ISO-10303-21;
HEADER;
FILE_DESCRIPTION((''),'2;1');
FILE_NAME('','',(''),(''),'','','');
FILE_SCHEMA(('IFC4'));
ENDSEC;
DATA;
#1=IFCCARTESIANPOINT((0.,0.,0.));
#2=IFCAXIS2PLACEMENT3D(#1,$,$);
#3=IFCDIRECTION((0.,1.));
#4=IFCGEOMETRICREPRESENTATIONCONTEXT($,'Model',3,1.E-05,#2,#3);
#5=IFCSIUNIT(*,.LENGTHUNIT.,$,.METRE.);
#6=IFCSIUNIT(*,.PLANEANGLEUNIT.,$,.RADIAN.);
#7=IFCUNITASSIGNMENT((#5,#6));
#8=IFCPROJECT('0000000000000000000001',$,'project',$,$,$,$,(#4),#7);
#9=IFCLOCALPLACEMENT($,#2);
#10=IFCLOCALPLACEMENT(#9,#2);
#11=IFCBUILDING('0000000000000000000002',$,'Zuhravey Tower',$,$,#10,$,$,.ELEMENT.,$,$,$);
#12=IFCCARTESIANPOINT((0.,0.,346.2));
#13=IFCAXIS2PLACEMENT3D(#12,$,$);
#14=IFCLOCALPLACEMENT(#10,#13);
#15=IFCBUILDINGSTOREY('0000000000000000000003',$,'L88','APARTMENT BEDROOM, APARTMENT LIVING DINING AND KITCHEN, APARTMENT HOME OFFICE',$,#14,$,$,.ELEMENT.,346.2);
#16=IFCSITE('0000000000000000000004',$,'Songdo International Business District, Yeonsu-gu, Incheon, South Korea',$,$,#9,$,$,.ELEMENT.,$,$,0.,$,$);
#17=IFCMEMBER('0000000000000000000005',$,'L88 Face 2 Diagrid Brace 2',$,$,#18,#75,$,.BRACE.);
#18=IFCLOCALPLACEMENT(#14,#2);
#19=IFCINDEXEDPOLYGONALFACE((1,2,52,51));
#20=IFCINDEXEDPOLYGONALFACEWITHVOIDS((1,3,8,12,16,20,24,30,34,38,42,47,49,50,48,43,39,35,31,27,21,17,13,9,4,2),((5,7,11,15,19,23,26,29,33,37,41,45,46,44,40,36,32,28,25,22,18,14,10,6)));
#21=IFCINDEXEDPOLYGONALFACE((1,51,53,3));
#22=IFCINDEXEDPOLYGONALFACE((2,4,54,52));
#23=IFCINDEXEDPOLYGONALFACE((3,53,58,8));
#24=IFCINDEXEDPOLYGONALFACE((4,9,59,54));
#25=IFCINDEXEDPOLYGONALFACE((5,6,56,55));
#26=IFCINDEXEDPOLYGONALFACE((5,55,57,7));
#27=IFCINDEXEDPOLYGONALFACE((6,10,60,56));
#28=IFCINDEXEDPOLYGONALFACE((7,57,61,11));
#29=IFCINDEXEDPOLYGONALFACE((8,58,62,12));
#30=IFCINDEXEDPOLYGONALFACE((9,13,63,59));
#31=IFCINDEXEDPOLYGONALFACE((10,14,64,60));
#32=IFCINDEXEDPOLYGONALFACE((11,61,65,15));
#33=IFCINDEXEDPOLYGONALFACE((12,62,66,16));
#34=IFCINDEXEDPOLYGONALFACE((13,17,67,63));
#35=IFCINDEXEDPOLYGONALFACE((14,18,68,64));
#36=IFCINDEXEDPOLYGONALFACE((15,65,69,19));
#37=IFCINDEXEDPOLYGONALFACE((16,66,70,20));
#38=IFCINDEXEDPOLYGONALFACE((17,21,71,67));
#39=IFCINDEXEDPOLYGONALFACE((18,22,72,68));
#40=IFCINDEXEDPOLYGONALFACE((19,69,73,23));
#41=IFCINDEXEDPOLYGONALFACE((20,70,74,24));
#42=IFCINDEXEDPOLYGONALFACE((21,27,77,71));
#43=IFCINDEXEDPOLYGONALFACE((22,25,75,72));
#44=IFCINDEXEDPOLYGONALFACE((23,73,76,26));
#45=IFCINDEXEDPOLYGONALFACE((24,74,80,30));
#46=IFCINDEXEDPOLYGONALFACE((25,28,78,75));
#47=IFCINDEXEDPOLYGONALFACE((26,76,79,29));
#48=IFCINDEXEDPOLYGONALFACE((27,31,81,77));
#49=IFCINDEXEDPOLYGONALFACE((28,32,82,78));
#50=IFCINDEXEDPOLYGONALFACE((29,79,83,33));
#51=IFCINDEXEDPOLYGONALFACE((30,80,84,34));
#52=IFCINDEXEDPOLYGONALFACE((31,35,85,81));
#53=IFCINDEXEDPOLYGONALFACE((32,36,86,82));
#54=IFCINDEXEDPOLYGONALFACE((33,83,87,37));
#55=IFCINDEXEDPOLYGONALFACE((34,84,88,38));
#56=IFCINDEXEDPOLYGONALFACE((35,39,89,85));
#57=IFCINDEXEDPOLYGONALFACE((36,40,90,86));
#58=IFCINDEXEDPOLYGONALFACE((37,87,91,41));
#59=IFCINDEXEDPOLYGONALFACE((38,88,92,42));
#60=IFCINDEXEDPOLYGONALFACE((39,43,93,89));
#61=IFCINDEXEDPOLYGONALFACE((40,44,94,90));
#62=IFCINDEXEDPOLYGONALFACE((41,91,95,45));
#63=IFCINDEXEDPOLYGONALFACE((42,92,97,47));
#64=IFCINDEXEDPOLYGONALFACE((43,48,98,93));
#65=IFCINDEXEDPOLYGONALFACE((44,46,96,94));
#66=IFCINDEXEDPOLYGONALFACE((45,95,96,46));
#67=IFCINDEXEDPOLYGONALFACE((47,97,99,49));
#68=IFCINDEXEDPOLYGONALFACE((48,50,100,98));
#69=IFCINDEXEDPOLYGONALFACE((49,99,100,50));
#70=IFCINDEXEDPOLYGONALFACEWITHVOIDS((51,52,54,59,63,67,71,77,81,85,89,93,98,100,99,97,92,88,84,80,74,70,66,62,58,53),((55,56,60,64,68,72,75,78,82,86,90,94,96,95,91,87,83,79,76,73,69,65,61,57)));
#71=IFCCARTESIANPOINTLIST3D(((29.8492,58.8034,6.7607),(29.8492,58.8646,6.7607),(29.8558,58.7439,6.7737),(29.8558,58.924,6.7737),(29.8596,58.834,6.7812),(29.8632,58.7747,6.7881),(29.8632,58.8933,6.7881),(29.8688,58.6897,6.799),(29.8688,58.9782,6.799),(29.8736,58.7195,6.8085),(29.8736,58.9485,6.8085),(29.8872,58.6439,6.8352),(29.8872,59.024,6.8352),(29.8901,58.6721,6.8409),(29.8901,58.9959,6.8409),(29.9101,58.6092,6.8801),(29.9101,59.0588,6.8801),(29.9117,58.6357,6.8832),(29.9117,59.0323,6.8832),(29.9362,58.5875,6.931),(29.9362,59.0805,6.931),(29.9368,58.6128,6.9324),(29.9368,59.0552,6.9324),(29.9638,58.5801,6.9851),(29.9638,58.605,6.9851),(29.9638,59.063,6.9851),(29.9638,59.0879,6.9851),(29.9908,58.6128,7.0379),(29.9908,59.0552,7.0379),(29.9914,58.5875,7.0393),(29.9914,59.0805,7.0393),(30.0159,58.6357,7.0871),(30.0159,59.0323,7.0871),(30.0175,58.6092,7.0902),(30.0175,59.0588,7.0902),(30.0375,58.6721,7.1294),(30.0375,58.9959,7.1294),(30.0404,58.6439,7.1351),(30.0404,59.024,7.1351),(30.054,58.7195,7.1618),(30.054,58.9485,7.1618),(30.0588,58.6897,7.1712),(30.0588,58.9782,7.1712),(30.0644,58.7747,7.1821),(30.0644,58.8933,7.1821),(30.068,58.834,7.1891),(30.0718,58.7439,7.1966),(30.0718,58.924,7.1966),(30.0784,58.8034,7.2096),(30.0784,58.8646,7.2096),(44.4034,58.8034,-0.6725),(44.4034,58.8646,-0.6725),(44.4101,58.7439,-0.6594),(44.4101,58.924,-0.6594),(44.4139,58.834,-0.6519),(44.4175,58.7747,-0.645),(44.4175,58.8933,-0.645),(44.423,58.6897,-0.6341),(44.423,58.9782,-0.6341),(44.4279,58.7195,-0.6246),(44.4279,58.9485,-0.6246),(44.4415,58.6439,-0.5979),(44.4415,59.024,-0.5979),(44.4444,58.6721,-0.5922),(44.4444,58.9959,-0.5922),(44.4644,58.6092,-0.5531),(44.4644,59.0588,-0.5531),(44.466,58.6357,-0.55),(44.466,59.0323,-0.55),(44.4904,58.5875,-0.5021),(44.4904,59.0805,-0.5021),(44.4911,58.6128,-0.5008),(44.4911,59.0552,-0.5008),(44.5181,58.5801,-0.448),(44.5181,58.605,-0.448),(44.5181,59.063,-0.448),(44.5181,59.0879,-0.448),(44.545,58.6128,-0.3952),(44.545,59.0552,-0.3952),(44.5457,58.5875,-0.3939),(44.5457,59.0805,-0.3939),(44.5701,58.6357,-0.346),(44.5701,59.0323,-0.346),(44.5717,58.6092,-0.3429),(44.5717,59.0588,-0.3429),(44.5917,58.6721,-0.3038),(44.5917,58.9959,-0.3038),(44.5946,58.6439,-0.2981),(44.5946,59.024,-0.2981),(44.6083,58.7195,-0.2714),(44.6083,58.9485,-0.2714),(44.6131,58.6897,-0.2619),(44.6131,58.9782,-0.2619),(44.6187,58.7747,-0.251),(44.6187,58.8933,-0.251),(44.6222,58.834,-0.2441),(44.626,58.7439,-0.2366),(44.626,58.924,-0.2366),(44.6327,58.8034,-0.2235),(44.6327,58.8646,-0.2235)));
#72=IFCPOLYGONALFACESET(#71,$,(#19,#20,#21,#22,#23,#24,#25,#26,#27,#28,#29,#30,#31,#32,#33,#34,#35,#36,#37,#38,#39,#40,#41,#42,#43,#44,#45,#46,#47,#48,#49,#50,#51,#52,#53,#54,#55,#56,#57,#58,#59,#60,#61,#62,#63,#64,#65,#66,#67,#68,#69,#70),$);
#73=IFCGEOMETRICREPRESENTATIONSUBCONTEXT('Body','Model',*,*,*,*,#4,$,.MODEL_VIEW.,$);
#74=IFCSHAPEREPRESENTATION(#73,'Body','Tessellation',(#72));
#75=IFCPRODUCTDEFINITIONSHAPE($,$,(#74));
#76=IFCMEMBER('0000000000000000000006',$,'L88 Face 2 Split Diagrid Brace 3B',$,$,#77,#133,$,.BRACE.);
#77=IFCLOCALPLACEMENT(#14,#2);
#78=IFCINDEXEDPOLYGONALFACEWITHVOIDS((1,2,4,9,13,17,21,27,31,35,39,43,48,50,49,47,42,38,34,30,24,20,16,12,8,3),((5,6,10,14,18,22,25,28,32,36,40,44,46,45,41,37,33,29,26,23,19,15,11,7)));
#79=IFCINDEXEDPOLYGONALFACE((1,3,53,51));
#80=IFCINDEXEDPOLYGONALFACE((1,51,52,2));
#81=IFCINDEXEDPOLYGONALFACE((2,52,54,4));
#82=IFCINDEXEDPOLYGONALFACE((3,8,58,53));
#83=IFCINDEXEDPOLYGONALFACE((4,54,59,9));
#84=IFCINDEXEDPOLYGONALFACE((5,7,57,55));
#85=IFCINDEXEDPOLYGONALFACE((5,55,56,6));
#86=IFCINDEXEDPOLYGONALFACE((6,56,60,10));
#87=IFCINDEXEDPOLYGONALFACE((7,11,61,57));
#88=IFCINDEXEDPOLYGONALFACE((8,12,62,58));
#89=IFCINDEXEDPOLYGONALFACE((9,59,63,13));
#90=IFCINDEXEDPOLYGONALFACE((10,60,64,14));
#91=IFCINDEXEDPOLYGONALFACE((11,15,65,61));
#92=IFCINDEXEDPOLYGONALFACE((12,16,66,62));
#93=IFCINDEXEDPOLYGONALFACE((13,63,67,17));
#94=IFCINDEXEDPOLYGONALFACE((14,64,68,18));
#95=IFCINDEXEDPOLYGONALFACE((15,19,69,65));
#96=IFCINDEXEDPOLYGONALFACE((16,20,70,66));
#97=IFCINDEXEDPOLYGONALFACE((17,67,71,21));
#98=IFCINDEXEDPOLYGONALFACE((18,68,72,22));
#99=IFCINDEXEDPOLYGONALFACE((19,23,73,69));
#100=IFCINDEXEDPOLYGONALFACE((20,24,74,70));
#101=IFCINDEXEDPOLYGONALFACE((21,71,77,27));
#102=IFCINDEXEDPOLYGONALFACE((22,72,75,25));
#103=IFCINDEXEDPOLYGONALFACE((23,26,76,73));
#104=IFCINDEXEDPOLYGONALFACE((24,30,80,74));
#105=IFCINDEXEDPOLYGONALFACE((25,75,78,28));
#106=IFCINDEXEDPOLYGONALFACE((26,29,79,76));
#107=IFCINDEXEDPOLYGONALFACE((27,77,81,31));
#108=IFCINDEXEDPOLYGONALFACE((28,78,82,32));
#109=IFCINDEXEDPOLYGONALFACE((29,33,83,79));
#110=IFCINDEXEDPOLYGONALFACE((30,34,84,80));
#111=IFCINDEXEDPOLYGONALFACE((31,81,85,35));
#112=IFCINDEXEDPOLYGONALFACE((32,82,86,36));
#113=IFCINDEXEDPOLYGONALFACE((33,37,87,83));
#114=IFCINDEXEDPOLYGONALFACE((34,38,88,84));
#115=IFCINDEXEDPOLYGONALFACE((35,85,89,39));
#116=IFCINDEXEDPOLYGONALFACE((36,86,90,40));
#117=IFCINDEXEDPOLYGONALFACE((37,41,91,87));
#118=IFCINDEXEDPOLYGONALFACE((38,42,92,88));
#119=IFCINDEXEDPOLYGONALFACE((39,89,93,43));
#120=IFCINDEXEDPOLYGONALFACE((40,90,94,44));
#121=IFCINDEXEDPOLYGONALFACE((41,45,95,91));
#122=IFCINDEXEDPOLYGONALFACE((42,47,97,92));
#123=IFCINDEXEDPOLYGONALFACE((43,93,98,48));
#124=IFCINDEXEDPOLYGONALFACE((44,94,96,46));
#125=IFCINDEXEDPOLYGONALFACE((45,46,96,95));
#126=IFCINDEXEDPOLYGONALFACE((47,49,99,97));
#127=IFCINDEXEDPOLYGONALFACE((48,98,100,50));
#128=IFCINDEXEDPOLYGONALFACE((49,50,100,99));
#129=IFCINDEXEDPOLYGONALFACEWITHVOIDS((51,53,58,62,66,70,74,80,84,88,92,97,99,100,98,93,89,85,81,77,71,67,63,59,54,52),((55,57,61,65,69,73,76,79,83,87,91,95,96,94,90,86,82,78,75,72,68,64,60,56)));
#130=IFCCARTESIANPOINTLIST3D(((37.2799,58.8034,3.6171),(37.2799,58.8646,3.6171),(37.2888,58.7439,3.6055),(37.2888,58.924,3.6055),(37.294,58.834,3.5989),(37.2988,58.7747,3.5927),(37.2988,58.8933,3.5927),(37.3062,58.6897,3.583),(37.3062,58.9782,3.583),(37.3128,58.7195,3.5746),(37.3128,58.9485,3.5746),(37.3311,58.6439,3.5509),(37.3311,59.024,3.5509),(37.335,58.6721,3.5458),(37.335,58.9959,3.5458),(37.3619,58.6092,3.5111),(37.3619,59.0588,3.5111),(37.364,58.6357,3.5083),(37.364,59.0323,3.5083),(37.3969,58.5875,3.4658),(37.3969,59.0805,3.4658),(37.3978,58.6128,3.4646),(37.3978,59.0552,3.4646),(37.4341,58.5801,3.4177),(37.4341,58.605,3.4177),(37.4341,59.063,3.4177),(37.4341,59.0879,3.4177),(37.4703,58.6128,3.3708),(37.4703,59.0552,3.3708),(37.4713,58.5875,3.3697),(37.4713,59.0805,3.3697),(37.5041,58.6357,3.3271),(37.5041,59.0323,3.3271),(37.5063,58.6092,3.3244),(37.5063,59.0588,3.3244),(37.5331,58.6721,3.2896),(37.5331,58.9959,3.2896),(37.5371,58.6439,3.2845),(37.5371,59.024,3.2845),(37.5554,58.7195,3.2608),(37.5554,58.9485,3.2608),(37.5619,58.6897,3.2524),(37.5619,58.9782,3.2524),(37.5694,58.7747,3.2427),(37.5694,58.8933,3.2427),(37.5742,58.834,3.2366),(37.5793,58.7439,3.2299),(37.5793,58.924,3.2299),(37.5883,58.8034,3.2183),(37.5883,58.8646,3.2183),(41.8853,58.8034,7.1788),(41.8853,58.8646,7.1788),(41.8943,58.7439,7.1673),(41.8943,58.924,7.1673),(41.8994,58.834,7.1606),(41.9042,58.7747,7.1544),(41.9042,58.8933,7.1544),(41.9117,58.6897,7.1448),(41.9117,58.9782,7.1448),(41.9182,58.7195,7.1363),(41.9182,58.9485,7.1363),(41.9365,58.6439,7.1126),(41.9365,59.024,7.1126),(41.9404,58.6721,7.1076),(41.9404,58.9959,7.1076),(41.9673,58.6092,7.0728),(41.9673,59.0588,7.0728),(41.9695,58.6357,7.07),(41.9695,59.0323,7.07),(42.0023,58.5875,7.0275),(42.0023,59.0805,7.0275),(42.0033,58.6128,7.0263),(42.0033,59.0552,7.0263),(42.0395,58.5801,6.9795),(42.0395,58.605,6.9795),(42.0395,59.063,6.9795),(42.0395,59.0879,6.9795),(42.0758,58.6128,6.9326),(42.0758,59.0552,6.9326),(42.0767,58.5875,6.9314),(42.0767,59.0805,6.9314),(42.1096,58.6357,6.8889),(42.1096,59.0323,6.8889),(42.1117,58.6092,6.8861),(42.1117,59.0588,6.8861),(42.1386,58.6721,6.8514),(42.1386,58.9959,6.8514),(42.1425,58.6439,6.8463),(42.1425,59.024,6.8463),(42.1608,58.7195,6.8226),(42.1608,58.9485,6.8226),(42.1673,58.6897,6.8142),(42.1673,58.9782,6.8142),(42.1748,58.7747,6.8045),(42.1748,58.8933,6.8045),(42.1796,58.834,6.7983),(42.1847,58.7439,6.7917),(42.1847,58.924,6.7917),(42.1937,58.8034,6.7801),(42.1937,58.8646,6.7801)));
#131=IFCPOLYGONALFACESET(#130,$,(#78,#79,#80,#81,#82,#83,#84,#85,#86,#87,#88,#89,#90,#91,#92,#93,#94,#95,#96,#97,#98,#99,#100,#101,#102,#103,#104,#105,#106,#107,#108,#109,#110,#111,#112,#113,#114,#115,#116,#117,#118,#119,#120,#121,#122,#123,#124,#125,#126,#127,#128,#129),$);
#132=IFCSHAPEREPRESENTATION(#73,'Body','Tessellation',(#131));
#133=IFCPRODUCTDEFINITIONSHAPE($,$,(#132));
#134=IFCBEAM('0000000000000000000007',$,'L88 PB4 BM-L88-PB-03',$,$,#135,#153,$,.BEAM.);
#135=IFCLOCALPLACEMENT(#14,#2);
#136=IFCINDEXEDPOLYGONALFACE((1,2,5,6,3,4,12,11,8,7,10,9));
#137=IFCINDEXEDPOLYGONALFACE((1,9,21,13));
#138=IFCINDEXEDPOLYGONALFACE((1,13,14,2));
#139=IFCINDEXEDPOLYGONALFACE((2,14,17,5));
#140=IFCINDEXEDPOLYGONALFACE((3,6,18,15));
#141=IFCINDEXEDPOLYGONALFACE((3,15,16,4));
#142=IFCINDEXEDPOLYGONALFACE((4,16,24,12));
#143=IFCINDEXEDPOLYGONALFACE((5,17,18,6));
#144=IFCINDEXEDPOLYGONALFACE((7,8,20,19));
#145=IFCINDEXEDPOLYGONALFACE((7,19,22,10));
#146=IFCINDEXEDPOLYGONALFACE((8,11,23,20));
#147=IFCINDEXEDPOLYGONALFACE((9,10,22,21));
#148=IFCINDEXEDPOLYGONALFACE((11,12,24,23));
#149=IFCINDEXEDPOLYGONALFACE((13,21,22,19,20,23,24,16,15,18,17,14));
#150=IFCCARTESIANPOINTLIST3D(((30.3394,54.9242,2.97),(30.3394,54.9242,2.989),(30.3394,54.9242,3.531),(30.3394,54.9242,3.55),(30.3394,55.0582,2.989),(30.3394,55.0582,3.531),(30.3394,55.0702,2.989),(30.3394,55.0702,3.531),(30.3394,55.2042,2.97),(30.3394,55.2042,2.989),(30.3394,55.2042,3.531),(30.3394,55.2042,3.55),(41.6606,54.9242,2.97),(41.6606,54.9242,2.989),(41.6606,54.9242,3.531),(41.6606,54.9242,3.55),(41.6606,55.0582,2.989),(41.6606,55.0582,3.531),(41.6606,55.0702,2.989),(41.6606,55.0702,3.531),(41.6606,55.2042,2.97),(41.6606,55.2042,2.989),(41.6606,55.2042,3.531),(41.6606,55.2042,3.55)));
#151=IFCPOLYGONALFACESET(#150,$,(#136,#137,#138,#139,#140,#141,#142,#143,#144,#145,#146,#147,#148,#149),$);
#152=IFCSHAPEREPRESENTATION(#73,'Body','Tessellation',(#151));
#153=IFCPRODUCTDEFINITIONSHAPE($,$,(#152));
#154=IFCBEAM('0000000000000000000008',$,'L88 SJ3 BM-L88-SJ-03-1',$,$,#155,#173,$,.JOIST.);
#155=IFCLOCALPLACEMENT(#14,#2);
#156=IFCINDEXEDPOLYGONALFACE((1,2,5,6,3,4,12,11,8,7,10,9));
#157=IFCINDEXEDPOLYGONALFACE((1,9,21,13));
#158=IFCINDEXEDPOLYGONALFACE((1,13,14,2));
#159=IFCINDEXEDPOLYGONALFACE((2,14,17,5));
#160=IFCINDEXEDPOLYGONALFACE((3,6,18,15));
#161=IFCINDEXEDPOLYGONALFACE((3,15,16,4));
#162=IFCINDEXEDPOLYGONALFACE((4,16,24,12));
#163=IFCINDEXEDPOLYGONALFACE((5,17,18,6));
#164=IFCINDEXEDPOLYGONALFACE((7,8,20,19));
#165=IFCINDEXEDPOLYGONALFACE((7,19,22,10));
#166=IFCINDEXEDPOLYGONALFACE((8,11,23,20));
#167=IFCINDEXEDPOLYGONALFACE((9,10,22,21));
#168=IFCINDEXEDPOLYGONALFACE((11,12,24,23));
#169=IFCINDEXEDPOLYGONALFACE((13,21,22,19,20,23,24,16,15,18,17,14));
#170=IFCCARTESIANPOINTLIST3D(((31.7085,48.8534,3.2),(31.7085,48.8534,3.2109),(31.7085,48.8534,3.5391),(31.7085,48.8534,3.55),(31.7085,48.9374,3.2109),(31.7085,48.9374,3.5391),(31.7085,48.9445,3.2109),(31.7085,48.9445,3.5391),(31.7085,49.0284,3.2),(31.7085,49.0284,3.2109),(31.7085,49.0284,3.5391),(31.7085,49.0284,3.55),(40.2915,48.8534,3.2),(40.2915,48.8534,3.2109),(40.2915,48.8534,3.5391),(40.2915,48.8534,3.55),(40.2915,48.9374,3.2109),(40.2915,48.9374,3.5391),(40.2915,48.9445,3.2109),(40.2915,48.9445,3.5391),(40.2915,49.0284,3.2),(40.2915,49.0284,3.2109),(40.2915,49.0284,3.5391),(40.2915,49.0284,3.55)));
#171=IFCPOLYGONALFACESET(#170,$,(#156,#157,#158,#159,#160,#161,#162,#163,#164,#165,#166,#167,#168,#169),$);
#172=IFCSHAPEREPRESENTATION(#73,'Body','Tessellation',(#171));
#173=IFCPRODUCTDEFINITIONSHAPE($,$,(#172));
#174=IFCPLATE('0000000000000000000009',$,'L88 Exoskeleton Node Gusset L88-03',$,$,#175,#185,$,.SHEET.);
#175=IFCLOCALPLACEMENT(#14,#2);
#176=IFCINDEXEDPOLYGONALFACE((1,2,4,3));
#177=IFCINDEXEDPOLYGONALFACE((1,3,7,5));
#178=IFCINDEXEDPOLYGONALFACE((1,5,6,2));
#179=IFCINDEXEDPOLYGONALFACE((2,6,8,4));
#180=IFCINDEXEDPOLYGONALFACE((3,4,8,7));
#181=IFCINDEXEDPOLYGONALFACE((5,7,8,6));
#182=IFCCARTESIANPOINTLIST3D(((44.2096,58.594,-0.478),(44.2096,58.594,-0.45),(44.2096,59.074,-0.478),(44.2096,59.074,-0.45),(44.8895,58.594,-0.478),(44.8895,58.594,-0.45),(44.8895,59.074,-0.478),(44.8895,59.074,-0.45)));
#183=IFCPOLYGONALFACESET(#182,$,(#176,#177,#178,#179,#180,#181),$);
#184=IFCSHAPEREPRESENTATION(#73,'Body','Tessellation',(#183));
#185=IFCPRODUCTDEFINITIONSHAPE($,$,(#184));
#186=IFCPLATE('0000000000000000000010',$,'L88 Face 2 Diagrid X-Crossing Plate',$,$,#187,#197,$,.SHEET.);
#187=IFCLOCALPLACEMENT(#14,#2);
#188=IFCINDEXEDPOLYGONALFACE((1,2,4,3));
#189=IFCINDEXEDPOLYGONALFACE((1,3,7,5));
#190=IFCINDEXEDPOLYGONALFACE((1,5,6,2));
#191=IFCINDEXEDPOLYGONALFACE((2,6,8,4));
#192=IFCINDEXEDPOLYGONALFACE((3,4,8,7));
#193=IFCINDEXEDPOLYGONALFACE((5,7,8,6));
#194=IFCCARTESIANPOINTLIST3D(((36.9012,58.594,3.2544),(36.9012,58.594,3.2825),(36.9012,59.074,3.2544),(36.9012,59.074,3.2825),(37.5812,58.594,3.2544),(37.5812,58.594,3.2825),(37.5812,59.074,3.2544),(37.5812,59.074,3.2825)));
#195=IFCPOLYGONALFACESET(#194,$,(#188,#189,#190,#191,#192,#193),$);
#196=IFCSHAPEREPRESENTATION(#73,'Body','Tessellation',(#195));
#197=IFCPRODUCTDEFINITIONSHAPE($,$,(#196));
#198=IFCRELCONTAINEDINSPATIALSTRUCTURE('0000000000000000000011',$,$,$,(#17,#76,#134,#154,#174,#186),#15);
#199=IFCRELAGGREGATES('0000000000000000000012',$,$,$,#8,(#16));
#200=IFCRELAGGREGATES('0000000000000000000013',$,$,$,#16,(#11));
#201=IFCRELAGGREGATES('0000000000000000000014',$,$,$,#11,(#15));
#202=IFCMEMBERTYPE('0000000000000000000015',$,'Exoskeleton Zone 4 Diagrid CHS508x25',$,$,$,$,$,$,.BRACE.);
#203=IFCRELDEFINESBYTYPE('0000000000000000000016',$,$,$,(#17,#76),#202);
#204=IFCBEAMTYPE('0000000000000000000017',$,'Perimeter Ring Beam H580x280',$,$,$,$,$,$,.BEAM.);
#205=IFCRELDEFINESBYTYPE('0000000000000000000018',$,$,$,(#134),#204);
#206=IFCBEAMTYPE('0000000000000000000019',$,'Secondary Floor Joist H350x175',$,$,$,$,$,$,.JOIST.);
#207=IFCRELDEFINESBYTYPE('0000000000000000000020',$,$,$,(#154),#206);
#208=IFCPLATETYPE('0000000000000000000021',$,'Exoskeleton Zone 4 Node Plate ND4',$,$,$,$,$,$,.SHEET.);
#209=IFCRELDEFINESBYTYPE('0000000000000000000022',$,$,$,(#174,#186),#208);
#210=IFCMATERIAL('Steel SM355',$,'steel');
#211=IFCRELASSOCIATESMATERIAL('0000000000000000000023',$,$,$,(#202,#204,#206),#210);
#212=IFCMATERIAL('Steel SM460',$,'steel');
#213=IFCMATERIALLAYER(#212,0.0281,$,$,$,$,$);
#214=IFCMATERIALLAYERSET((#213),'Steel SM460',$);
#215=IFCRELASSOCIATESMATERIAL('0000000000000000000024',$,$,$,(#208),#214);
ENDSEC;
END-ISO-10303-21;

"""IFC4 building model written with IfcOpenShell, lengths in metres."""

from ifc_helpers import new_model, si_unit, direction, frame, origin, origin_2d, place, context, subcontext, project, spatial, rectangle, hollow_circle, i_section, extrude, material, layer, layer_set, material_profile, profile_set, type_object, element, save


model = new_model("IFC4")

# Units and contexts
model_context = context("Model", 3, precision=1e-05, world=origin(), true_north=direction((0.0, 1.0)))
body_context = subcontext(model_context, "Body", "Model", "MODEL_VIEW")
ifc_project = project(units=[si_unit("LENGTHUNIT", "METRE"), si_unit("PLANEANGLEUNIT", "RADIAN")], contexts=[model_context])

# Site, building, storey
site_placement = place(None, origin())
site = spatial("IfcSite", under=ifc_project, at=site_placement, Name="Songdo International Business District, Yeonsu-gu, Incheon, South Korea", CompositionType="ELEMENT", RefElevation=0.0)
building_placement = place(site_placement, origin())
building = spatial("IfcBuilding", under=site, at=building_placement, Name="Zuhravey Tower", CompositionType="ELEMENT")
storey_placement = place(building_placement, frame((0.0, 0.0, 346.2)))
storey = spatial("IfcBuildingStorey", under=building, at=storey_placement, Name="L88", Description="APARTMENT BEDROOM, APARTMENT LIVING DINING AND KITCHEN, APARTMENT HOME OFFICE", CompositionType="ELEMENT", Elevation=346.2)

# Members
ifc_material_1 = material(Name="Steel SM355", Category="steel")
ifc_material_profile_1 = material_profile(ifc_material_1, hollow_circle(Radius=0.2539, WallThickness=0.0249, at=origin_2d()), Name="CHS-508.0x25")
ifc_profile_set_1 = profile_set([ifc_material_profile_1], Name="Steel SM355")
member_type_1 = type_object("IfcMemberType", Name="Exoskeleton Zone 4 Diagrid CHS508x25", PredefinedType="BRACE", material=ifc_profile_set_1)
member_1_placement = place(storey_placement, frame((44.5181, 58.834, -0.448), z_axis=(-0.890576, 0.0, 0.454834), x_axis=(0.0, -1.0, 0.0)))
element("IfcMember", 1, at=member_1_placement, inside=storey, type_object=member_type_1, Name="L88 Face 2 Diagrid Brace 2", PredefinedType="BRACE", context=body_context, shape_type="SweptSolid", body=[
    extrude(hollow_circle(Radius=0.2539, WallThickness=0.0249, at=origin_2d()), origin(), (0.0, 0.0, 1.0), 16.3425),
])
member_2_placement = place(storey_placement, frame((37.4341, 58.834, 3.4177), z_axis=(0.791036, 0.0, 0.61177), x_axis=(0.0, 1.0, 0.0)))
element("IfcMember", 2, at=member_2_placement, inside=storey, type_object=member_type_1, Name="L88 Face 2 Split Diagrid Brace 3B", PredefinedType="BRACE", context=body_context, shape_type="SweptSolid", body=[
    extrude(hollow_circle(Radius=0.2539, WallThickness=0.0249, at=origin_2d()), origin(), (0.0, 0.0, 1.0), 5.822),
])

# Beams
ifc_material_profile_2 = material_profile(ifc_material_1, i_section(OverallWidth=0.28, OverallDepth=0.5801, WebThickness=0.012, FlangeThickness=0.019, at=origin_2d()), Name="H-580x280x12x19")
ifc_profile_set_2 = profile_set([ifc_material_profile_2], Name="Steel SM355")
beam_type_1 = type_object("IfcBeamType", Name="Perimeter Ring Beam H580x280", PredefinedType="BEAM", material=ifc_profile_set_2)
beam_1_placement = place(storey_placement, frame((41.6606, 55.0642, 3.26), z_axis=(-1.0, 0.0, 0.0), x_axis=(0.0, -1.0, 0.0)))
element("IfcBeam", 3, at=beam_1_placement, inside=storey, type_object=beam_type_1, Name="L88 PB4 BM-L88-PB-03", PredefinedType="BEAM", context=body_context, shape_type="SweptSolid", body=[
    extrude(i_section(OverallWidth=0.28, OverallDepth=0.5801, WebThickness=0.012, FlangeThickness=0.019, at=origin_2d()), origin(), (0.0, 0.0, 1.0), 11.3213),
])
ifc_material_profile_3 = material_profile(ifc_material_1, i_section(OverallWidth=0.175, OverallDepth=0.3501, WebThickness=0.0071, FlangeThickness=0.011, at=origin_2d()), Name="H-350x175x7x11")
ifc_profile_set_3 = profile_set([ifc_material_profile_3], Name="Steel SM355")
beam_type_2 = type_object("IfcBeamType", Name="Secondary Floor Joist H350x175", PredefinedType="JOIST", material=ifc_profile_set_3)
beam_2_placement = place(storey_placement, frame((40.2915, 48.9409, 3.375), z_axis=(-1.0, 0.0, 0.0), x_axis=(0.0, -1.0, 0.0)))
element("IfcBeam", 4, at=beam_2_placement, inside=storey, type_object=beam_type_2, Name="L88 SJ3 BM-L88-SJ-03-1", PredefinedType="JOIST", context=body_context, shape_type="SweptSolid", body=[
    extrude(i_section(OverallWidth=0.175, OverallDepth=0.3501, WebThickness=0.0071, FlangeThickness=0.011, at=origin_2d()), origin(), (0.0, 0.0, 1.0), 8.583),
])

# Plates
ifc_material_2 = material(Name="Steel SM460", Category="steel")
ifc_layer_1 = layer(ifc_material_2, 0.0281)
ifc_layer_set_1 = layer_set([ifc_layer_1], Name="Steel SM460")
plate_type_1 = type_object("IfcPlateType", Name="Exoskeleton Zone 4 Node Plate ND4", PredefinedType="SHEET", material=ifc_layer_set_1)
for number, where, z_axis, x_axis, name in (
    (5, (44.5496, 58.834, -0.478), (0.0, 0.0, 1.0), (-1.0, 0.0, 0.0), "L88 Exoskeleton Node Gusset L88-03"),
    (6, (37.2412, 58.834, 3.2544), (0.0, 0.0, 1.0), (-1.0, 0.0, 0.0), "L88 Face 2 Diagrid X-Crossing Plate"),
):
    element("IfcPlate", number, at=place(storey_placement, frame(where, z_axis=z_axis, x_axis=x_axis)), inside=storey, type_object=plate_type_1, Name=name, PredefinedType="SHEET", context=body_context, shape_type="SweptSolid", body=[
        extrude(rectangle(XDim=0.6799, YDim=0.48, at=origin_2d()), origin(), (0.0, 0.0, 1.0), 0.0281),
    ])

save(model, "model.ifc")
